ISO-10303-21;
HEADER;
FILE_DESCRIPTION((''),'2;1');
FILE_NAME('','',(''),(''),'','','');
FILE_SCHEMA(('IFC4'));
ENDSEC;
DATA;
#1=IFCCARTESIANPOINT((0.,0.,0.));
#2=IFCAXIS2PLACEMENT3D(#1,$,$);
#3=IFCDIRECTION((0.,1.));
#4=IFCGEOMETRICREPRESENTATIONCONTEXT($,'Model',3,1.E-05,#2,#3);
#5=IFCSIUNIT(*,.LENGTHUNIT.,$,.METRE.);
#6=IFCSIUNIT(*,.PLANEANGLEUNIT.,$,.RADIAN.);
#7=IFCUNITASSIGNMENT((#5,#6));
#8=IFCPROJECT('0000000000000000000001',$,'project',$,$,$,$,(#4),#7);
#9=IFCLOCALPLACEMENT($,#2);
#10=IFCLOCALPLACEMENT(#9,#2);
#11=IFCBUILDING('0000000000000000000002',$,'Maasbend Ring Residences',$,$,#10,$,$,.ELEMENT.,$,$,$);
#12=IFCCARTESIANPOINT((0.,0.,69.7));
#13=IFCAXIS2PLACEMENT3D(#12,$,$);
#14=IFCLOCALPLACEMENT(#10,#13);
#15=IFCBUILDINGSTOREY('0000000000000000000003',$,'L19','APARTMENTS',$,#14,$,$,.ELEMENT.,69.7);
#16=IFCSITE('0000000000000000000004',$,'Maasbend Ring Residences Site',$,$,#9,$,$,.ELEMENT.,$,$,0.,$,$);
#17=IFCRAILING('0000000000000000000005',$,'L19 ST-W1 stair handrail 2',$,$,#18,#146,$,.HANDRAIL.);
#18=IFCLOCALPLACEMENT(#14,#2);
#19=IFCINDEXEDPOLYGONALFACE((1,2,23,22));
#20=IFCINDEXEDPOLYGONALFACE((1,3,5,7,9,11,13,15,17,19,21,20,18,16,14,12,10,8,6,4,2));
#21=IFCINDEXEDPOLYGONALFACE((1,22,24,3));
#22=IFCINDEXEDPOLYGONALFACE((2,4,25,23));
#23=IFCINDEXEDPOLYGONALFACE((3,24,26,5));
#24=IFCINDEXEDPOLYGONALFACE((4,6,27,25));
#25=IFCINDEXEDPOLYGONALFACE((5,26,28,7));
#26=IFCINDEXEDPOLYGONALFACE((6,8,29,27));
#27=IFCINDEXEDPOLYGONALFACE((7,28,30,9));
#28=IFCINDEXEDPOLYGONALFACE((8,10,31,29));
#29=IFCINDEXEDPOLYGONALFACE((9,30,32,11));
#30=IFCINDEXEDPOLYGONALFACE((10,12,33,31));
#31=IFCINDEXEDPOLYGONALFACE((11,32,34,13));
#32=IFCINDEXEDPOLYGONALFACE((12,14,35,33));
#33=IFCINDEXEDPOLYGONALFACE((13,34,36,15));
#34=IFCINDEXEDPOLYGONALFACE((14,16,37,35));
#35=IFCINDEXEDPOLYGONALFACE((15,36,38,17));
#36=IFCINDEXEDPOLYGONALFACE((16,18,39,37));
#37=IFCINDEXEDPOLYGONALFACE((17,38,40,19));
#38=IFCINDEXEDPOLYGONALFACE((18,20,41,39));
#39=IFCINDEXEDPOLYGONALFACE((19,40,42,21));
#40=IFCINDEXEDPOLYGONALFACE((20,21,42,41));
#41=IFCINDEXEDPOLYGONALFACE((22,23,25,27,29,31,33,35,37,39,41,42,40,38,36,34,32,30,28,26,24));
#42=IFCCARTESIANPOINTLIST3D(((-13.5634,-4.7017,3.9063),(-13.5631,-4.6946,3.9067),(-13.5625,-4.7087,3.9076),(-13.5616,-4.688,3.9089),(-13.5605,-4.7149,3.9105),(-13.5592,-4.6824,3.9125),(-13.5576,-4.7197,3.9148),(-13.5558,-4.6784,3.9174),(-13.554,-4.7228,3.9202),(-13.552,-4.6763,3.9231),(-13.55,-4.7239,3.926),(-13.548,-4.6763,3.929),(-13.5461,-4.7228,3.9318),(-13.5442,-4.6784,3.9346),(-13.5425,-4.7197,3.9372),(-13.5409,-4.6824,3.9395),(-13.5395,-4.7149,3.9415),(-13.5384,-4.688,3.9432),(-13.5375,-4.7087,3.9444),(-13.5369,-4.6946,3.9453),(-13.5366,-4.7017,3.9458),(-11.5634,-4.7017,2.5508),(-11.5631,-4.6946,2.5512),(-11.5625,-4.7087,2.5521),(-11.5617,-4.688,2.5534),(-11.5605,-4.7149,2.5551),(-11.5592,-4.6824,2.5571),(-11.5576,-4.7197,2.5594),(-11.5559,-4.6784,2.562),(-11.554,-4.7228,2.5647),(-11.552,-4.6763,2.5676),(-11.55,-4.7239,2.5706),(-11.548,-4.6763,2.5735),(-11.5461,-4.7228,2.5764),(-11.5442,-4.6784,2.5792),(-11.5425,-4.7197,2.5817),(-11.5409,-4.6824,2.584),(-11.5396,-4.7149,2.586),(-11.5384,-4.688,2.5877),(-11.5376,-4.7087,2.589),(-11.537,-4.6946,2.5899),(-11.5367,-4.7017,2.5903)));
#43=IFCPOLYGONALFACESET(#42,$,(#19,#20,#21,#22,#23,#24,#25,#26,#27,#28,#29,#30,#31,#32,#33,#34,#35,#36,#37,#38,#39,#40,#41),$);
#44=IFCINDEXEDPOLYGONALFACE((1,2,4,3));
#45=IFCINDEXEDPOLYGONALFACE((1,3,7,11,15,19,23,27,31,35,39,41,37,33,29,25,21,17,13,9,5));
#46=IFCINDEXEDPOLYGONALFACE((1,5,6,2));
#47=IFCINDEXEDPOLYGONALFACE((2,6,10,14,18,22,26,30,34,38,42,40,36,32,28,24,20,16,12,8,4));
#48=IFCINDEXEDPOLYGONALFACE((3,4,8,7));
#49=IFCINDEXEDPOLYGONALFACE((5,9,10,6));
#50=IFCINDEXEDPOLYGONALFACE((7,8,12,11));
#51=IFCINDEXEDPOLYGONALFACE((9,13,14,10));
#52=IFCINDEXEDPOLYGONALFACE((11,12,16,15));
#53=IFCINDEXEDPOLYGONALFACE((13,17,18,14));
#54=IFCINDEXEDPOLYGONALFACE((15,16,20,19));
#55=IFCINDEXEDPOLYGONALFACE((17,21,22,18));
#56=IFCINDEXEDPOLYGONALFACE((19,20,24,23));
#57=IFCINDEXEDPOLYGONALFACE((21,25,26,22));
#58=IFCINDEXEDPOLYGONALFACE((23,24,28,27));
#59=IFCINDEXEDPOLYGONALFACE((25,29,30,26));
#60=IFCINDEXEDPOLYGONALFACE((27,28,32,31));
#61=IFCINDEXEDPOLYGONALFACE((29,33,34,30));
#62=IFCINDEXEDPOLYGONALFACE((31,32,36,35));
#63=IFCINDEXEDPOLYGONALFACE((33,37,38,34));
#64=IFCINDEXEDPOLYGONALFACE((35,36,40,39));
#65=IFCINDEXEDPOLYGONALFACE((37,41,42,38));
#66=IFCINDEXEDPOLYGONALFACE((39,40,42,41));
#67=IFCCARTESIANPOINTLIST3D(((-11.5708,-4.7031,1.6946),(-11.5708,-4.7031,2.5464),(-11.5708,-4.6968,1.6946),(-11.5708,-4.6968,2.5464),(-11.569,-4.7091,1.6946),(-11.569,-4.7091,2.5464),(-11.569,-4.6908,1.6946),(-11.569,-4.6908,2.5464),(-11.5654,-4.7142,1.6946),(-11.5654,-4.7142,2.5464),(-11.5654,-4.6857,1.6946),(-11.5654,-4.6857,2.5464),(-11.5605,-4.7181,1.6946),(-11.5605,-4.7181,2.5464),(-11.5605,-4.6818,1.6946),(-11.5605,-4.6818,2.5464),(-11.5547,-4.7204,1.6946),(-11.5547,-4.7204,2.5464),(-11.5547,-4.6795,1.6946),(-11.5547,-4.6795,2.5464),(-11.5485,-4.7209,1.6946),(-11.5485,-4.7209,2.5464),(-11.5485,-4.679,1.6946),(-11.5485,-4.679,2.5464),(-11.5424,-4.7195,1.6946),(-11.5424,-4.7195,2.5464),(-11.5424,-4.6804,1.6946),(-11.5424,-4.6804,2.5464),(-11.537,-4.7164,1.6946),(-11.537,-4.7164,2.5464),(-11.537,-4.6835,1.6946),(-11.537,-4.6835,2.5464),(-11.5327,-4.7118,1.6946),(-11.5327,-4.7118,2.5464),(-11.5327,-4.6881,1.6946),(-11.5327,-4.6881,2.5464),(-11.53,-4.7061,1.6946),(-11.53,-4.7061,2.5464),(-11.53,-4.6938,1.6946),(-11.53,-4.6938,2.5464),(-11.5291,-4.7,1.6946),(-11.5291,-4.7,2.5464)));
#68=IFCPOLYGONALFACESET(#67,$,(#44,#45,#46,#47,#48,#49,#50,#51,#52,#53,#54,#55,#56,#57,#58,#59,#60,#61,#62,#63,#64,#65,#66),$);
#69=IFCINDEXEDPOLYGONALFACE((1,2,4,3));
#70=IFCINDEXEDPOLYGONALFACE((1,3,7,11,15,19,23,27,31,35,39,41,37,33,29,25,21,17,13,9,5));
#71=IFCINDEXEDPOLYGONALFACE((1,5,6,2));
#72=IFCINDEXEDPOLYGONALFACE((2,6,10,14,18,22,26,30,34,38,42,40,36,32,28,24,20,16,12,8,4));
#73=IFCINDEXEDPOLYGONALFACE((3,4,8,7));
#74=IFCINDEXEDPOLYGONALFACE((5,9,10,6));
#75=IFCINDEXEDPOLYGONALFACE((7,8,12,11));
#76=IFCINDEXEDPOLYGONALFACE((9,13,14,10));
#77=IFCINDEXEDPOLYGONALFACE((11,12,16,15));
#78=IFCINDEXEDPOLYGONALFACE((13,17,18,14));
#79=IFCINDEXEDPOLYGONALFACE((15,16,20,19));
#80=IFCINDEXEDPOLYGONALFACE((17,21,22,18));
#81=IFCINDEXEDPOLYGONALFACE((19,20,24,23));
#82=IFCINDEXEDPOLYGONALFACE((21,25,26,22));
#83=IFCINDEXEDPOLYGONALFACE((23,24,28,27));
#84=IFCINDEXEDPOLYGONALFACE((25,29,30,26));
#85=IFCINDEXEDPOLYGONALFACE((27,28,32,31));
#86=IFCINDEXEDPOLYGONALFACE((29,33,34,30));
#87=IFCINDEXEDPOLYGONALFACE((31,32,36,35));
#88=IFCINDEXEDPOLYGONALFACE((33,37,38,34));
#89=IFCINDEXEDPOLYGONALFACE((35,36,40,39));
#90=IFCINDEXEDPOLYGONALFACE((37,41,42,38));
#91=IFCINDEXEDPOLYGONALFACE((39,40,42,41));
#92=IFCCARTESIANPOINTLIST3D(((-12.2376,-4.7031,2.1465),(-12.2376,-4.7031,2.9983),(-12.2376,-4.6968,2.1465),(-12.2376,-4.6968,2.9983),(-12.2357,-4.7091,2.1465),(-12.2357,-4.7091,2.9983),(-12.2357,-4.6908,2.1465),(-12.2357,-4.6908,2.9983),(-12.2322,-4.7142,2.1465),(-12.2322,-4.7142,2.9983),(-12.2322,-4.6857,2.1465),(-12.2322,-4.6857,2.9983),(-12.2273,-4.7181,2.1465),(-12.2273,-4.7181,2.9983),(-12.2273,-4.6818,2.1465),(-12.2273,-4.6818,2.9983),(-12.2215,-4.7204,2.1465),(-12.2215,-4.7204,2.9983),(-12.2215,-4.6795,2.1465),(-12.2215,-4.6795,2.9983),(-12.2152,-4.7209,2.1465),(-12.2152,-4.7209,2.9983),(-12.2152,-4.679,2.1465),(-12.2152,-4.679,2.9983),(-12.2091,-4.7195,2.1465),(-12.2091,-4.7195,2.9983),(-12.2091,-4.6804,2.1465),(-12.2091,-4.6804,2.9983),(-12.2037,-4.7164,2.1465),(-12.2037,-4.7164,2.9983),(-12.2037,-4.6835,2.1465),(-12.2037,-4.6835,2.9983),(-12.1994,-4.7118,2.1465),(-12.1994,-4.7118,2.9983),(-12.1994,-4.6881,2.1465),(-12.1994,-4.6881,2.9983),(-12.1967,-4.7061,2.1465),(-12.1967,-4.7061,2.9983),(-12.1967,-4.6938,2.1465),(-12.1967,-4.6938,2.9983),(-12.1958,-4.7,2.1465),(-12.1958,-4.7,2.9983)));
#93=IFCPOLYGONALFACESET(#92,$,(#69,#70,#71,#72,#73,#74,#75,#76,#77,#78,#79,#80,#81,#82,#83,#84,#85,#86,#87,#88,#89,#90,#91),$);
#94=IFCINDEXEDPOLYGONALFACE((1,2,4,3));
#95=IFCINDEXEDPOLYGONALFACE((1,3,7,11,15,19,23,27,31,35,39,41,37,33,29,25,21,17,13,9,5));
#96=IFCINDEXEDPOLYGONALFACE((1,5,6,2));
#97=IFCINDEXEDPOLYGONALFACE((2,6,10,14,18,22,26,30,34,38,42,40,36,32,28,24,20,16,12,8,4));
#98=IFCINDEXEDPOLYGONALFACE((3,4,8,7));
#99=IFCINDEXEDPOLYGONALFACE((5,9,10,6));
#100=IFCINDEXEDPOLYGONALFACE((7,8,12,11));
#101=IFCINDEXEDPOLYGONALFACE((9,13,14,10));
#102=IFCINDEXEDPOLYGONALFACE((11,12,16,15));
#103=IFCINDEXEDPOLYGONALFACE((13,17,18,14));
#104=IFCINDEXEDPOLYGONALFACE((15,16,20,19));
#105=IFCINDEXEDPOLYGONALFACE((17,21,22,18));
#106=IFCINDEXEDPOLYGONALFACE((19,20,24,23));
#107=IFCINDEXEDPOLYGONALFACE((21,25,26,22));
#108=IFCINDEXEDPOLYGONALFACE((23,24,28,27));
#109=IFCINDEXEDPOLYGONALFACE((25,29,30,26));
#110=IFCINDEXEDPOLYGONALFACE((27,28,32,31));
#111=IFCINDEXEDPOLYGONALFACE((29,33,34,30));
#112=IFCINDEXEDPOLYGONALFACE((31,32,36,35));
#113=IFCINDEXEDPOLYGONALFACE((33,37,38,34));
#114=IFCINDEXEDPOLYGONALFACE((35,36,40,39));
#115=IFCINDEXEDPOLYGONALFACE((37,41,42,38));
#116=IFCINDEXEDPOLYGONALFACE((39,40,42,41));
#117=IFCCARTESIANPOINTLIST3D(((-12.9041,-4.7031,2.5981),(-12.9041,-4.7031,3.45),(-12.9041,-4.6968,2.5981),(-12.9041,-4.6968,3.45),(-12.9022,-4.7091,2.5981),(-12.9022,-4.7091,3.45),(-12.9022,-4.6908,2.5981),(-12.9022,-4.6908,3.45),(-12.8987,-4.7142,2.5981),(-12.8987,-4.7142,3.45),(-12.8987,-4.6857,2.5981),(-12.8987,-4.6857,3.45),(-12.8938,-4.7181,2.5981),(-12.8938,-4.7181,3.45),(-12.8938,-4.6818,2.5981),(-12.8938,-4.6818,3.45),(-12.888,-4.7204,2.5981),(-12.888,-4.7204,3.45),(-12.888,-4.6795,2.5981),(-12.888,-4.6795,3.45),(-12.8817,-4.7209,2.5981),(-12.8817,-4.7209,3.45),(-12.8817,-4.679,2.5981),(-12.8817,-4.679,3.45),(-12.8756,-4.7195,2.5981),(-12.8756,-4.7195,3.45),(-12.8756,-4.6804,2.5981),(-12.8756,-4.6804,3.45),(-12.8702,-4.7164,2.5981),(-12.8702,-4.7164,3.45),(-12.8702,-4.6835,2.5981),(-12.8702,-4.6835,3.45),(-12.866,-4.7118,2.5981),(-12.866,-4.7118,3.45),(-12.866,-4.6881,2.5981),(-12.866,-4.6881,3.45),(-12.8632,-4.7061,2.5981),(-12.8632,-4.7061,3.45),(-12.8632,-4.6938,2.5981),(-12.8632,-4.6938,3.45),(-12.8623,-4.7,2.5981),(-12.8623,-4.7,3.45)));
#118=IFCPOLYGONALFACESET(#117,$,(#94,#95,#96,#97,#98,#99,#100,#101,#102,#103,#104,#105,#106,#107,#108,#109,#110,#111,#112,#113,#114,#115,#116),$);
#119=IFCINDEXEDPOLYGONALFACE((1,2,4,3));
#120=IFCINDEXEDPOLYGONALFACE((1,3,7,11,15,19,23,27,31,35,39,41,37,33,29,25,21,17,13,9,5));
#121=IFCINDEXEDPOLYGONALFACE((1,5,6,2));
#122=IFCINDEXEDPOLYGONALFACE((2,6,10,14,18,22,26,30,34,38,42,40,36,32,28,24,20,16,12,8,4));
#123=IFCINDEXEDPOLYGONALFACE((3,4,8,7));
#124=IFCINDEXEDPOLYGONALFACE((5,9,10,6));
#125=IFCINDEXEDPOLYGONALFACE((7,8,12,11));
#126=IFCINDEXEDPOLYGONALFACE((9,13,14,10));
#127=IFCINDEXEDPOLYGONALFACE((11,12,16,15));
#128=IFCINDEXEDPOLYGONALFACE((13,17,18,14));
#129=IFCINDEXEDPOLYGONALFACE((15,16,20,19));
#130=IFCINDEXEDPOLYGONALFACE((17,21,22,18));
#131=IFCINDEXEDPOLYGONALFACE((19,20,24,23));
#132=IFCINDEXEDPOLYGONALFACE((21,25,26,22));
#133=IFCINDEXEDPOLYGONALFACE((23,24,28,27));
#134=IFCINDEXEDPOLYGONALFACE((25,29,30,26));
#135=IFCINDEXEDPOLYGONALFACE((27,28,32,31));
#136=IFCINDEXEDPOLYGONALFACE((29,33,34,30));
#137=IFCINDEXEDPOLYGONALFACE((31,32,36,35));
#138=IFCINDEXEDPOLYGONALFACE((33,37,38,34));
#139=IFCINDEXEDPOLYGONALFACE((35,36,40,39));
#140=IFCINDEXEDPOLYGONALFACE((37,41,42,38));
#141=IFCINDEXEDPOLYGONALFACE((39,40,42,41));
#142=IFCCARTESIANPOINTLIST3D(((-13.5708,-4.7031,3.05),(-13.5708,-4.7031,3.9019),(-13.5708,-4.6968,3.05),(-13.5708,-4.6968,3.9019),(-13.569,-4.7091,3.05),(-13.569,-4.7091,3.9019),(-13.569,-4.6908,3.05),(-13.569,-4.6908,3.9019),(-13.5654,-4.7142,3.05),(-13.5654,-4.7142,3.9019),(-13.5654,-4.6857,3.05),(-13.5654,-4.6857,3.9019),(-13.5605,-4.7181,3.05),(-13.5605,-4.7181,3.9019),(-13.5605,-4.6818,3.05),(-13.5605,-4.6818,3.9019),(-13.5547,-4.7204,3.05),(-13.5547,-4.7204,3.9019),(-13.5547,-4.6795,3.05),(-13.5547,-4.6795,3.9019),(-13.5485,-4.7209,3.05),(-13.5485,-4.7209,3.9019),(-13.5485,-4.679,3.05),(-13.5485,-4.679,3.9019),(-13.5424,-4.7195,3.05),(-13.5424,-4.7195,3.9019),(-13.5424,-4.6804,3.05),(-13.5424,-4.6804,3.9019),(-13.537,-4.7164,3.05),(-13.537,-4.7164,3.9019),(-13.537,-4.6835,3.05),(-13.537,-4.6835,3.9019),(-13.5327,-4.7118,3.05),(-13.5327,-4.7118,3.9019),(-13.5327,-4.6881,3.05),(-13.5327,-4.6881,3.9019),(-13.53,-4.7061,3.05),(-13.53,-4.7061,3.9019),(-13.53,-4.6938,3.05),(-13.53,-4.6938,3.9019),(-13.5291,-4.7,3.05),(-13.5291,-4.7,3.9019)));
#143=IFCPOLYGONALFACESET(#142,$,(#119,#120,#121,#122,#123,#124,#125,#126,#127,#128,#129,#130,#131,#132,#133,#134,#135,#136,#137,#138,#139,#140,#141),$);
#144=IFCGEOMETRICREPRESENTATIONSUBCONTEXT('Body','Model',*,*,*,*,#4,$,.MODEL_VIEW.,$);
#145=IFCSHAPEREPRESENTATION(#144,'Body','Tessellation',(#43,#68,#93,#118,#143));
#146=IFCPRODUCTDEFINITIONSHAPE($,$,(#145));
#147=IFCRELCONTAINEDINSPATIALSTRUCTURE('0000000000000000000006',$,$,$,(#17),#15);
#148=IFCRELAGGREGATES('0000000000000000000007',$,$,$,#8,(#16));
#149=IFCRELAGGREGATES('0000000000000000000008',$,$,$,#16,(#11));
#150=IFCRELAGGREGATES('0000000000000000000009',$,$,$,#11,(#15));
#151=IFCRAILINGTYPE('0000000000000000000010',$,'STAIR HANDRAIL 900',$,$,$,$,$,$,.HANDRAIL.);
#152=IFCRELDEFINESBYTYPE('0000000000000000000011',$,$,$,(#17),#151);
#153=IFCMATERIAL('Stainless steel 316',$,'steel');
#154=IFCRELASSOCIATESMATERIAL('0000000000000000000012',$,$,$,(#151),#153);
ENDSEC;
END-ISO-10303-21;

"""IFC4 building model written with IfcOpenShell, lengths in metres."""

from ifc_helpers import new_model, si_unit, direction, frame, origin, origin_2d, place, context, subcontext, project, spatial, circle, extrude, material, type_object, element, save


model = new_model("IFC4")

# Units and contexts
model_context = context("Model", 3, precision=1e-05, world=origin(), true_north=direction((0.0, 1.0)))
body_context = subcontext(model_context, "Body", "Model", "MODEL_VIEW")
ifc_project = project(units=[si_unit("LENGTHUNIT", "METRE"), si_unit("PLANEANGLEUNIT", "RADIAN")], contexts=[model_context])

# Site, building, storey
site_placement = place(None, origin())
site = spatial("IfcSite", under=ifc_project, at=site_placement, Name="Maasbend Ring Residences Site", CompositionType="ELEMENT", RefElevation=0.0)
building_placement = place(site_placement, origin())
building = spatial("IfcBuilding", under=site, at=building_placement, Name="Maasbend Ring Residences", CompositionType="ELEMENT")
storey_placement = place(building_placement, frame((0.0, 0.0, 69.7)))
storey = spatial("IfcBuildingStorey", under=building, at=storey_placement, Name="L19", Description="APARTMENTS", CompositionType="ELEMENT", Elevation=69.7)

# Railing
ifc_material_1 = material(Name="Stainless steel 316", Category="steel")
railing_type_1 = type_object("IfcRailingType", Name="STAIR HANDRAIL 900", PredefinedType="HANDRAIL", material=ifc_material_1)
railing_1_placement = place(storey_placement, frame((-11.55, -4.7, 1.6946)))
element("IfcRailing", 1, at=railing_1_placement, inside=storey, type_object=railing_type_1, Name="L19 ST-W1 stair handrail 2", PredefinedType="HANDRAIL", context=body_context, shape_type="SweptSolid", body=[
    extrude(circle(Radius=0.0239, at=origin_2d()), frame((0.0, 0.0, 0.876), z_axis=(-0.827798, 0.0, 0.561027), x_axis=(0.0, -1.0, 0.0)), (0.0, 0.0, 1.0), 2.416),
    extrude(circle(Radius=0.021, at=origin_2d()), origin(), (0.0, 0.0, 1.0), 0.8518),
    extrude(circle(Radius=0.021, at=origin_2d()), frame((-0.6667, 0.0, 0.4519)), (0.0, 0.0, 1.0), 0.8518),
    extrude(circle(Radius=0.021, at=origin_2d()), frame((-1.3333, 0.0, 0.9036)), (0.0, 0.0, 1.0), 0.8518),
    extrude(circle(Radius=0.021, at=origin_2d()), frame((-2.0, 0.0, 1.3555)), (0.0, 0.0, 1.0), 0.8518),
])

save(model, "model.ifc")
